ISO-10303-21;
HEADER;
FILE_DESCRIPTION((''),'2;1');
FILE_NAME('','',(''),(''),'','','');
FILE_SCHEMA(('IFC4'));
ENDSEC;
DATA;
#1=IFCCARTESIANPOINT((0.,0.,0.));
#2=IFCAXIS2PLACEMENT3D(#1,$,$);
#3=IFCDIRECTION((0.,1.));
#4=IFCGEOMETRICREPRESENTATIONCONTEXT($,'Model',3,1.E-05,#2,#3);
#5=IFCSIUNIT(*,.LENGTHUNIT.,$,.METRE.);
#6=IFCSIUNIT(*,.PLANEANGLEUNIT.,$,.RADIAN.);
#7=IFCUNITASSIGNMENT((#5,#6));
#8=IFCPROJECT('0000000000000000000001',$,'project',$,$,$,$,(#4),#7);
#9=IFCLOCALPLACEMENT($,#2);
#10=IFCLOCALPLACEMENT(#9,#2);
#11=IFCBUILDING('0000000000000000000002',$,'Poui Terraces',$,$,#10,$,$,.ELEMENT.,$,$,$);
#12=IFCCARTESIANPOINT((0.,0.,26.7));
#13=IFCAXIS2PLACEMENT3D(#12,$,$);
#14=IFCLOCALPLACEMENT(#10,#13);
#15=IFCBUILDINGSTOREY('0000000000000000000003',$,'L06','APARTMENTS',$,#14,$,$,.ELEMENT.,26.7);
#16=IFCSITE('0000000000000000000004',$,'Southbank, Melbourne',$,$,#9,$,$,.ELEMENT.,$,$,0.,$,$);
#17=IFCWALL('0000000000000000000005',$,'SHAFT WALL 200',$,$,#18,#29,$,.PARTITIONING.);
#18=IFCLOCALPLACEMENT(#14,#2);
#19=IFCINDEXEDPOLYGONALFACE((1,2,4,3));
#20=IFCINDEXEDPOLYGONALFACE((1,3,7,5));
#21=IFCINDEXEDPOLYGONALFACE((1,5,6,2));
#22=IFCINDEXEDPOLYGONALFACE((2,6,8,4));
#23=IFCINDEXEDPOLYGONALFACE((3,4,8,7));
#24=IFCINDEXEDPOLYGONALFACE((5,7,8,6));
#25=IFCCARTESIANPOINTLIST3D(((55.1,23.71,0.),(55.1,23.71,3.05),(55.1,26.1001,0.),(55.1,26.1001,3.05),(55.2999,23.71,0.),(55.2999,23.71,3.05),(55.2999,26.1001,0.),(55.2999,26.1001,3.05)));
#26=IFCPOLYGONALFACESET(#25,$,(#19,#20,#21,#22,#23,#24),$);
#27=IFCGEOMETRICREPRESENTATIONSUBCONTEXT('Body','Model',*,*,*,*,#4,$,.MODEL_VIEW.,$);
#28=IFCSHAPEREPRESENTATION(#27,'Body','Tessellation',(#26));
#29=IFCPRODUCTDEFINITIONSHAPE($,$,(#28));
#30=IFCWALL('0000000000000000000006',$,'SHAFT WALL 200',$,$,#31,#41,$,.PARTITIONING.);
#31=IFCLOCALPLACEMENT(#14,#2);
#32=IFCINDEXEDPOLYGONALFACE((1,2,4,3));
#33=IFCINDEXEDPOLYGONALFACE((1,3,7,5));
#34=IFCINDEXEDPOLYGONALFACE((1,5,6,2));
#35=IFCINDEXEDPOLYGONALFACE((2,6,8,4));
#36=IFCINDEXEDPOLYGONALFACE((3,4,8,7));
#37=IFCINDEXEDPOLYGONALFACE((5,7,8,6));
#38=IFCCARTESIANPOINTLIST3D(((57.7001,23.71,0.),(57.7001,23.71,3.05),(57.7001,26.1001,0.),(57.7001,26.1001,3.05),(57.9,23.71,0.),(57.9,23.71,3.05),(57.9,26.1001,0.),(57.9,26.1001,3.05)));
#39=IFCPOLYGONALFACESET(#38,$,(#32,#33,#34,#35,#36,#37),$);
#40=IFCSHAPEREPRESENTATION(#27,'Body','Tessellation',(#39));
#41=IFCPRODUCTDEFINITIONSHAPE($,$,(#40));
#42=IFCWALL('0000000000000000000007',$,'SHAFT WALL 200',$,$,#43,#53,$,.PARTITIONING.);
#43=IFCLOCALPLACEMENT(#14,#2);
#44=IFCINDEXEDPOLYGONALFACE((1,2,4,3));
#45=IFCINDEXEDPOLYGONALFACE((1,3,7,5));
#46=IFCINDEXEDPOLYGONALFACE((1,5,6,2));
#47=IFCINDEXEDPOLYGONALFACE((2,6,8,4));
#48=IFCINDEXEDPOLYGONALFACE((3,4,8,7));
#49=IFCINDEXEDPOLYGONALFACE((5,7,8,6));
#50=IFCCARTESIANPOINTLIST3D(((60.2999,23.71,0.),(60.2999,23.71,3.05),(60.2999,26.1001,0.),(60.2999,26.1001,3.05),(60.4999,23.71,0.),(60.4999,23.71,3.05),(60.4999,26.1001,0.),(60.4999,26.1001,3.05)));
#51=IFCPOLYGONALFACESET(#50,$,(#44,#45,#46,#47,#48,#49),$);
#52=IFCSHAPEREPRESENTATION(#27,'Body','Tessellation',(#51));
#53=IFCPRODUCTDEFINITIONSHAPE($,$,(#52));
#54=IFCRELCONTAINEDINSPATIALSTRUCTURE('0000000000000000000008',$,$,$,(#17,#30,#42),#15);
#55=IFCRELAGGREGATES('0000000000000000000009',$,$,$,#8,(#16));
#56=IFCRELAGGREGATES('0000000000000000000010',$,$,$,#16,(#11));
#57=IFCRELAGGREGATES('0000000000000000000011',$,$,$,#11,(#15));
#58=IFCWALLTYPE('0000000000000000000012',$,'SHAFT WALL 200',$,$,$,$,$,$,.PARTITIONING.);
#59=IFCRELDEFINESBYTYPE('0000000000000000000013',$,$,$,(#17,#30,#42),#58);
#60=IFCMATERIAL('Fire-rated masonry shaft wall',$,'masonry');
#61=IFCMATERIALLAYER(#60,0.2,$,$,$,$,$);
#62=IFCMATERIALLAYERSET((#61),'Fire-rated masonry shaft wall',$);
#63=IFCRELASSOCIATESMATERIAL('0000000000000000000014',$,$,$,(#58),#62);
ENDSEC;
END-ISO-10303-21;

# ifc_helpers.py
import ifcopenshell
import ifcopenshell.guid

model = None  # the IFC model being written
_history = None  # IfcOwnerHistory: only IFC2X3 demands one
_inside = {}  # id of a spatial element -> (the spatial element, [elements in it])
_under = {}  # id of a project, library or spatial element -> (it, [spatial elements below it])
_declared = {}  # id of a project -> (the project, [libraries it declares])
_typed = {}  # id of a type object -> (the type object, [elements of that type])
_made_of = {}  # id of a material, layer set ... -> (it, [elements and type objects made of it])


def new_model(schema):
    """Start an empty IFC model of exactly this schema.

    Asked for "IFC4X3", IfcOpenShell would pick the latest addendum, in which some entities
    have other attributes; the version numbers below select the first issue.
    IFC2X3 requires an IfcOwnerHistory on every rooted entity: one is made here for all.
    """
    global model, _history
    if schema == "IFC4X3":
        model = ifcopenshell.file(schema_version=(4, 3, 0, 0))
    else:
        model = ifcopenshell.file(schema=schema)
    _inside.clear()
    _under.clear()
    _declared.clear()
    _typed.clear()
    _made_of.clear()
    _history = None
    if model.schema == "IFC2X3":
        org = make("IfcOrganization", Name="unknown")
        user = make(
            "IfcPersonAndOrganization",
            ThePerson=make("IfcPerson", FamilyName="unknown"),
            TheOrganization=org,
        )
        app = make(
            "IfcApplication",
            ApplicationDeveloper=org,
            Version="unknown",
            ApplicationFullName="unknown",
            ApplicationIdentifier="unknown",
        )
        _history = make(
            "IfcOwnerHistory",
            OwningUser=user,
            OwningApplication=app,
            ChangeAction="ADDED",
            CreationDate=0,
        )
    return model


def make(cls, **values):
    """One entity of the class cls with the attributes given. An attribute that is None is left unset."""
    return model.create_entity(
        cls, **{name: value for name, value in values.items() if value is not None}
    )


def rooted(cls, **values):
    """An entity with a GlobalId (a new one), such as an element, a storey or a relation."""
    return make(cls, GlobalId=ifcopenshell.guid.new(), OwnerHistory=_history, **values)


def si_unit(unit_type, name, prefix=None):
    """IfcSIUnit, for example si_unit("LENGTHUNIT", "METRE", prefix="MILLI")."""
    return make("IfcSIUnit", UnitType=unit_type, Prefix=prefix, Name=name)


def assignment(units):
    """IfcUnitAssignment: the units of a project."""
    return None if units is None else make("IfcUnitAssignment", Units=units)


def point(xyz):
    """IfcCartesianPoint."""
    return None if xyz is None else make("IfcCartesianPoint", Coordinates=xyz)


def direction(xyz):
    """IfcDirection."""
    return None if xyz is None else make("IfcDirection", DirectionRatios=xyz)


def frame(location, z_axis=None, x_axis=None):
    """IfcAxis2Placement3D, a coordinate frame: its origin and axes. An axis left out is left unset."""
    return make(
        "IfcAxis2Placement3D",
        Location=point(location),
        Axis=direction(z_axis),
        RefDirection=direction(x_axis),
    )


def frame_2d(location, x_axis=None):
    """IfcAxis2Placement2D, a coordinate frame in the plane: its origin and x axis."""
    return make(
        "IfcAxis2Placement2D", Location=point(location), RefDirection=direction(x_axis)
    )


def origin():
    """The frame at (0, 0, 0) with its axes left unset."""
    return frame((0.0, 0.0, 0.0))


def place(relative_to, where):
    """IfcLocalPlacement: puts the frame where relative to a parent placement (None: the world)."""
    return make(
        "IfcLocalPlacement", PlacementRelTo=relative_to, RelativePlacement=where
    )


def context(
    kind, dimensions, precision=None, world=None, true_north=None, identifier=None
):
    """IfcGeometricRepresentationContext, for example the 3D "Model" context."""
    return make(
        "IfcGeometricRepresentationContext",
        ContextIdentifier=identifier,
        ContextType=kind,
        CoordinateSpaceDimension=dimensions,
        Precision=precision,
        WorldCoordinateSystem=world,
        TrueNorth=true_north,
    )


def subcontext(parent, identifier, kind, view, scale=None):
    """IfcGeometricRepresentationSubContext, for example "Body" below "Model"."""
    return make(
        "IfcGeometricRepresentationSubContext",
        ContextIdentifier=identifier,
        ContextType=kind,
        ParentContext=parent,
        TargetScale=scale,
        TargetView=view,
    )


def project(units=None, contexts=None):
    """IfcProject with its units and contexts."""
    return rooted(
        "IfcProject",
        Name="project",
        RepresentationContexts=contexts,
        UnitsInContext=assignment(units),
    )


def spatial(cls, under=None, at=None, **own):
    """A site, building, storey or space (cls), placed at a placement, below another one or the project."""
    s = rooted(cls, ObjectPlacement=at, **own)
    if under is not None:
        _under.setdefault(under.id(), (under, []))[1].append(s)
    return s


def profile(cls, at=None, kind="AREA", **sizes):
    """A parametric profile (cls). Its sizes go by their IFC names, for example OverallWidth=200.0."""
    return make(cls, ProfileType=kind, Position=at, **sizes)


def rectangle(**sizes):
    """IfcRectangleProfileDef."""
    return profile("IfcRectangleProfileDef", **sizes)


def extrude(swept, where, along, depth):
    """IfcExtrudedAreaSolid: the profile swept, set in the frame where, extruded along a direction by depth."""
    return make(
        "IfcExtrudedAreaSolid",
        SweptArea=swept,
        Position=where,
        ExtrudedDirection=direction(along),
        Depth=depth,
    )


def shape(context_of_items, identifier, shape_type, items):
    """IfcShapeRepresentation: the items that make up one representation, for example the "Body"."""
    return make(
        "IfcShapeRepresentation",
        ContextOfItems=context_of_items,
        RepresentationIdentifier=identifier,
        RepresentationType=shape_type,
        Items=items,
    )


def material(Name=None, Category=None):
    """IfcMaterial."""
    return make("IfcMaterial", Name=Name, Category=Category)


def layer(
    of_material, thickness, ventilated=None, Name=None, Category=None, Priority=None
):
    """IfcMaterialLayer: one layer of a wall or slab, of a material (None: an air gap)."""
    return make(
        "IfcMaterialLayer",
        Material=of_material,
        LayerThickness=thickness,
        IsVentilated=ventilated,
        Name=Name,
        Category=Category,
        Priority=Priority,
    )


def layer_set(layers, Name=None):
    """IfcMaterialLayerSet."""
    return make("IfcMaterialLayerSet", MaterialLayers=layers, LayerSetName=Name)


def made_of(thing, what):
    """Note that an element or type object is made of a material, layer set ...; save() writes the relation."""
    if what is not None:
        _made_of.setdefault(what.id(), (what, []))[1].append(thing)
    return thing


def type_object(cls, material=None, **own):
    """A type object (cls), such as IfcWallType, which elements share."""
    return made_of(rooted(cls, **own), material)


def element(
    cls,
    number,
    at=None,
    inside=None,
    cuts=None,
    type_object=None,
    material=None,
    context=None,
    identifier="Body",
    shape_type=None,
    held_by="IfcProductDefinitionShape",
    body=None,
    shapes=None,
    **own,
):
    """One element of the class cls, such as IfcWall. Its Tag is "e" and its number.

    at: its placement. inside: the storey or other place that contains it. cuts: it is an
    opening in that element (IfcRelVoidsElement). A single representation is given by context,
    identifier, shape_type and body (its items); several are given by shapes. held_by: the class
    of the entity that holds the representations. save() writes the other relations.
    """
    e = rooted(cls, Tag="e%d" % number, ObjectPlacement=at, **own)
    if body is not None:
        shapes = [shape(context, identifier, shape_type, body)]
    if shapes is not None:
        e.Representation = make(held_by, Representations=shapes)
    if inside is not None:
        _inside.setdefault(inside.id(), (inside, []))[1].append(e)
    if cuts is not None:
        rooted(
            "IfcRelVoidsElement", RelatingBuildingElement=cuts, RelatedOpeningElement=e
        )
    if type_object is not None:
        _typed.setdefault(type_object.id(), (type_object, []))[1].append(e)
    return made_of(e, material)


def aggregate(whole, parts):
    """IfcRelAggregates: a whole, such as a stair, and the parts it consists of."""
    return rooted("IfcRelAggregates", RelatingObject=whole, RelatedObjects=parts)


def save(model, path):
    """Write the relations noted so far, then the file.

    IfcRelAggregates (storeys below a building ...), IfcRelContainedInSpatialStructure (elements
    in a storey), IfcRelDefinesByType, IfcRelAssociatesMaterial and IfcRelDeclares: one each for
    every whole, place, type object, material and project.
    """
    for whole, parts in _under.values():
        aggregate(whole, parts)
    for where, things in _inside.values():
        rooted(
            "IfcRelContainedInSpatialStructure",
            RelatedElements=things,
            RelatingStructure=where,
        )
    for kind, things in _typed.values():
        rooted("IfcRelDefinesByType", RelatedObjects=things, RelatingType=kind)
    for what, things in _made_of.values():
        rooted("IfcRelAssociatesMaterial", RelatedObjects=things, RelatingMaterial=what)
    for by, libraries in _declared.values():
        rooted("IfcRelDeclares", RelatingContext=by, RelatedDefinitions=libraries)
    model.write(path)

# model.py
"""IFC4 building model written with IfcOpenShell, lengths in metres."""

from ifc_helpers import new_model, si_unit, direction, frame, frame_2d, origin, place, context, subcontext, project, spatial, rectangle, extrude, material, layer, layer_set, type_object, element, save


model = new_model("IFC4")

# Units and contexts
model_context = context("Model", 3, precision=1e-05, world=origin(), true_north=direction((0.0, 1.0)))
body_context = subcontext(model_context, "Body", "Model", "MODEL_VIEW")
ifc_project = project(units=[si_unit("LENGTHUNIT", "METRE"), si_unit("PLANEANGLEUNIT", "RADIAN")], contexts=[model_context])

# Site, building, storey
site_placement = place(None, origin())
site = spatial("IfcSite", under=ifc_project, at=site_placement, Name="Southbank, Melbourne", CompositionType="ELEMENT", RefElevation=0.0)
building_placement = place(site_placement, origin())
building = spatial("IfcBuilding", under=site, at=building_placement, Name="Poui Terraces", CompositionType="ELEMENT")
storey_placement = place(building_placement, frame((0.0, 0.0, 26.7)))
storey = spatial("IfcBuildingStorey", under=building, at=storey_placement, Name="L06", Description="APARTMENTS", CompositionType="ELEMENT", Elevation=26.7)

# Walls
ifc_material_1 = material(Name="Fire-rated masonry shaft wall", Category="masonry")
ifc_layer_1 = layer(ifc_material_1, 0.2)
ifc_layer_set_1 = layer_set([ifc_layer_1], Name="Fire-rated masonry shaft wall")
wall_type_1 = type_object("IfcWallType", Name="SHAFT WALL 200", PredefinedType="PARTITIONING", material=ifc_layer_set_1)
for number, where, z_axis, x_axis, name in (
    (1, (55.2, 23.71, 0.0), (0.0, 0.0, 1.0), (0.0, 1.0, 0.0), "SHAFT WALL 200"),
    (2, (57.8, 23.71, 0.0), (0.0, 0.0, 1.0), (0.0, 1.0, 0.0), "SHAFT WALL 200"),
    (3, (60.3999, 23.71, 0.0), (0.0, 0.0, 1.0), (0.0, 1.0, 0.0), "SHAFT WALL 200"),
):
    element("IfcWall", number, at=place(storey_placement, frame(where, z_axis=z_axis, x_axis=x_axis)), inside=storey, type_object=wall_type_1, Name=name, PredefinedType="PARTITIONING", context=body_context, shape_type="SweptSolid", body=[
        extrude(rectangle(XDim=2.3901, YDim=0.2, at=frame_2d((1.1951, 0.0))), origin(), (0.0, 0.0, 1.0), 3.05),
    ])

save(model, "model.ifc")
